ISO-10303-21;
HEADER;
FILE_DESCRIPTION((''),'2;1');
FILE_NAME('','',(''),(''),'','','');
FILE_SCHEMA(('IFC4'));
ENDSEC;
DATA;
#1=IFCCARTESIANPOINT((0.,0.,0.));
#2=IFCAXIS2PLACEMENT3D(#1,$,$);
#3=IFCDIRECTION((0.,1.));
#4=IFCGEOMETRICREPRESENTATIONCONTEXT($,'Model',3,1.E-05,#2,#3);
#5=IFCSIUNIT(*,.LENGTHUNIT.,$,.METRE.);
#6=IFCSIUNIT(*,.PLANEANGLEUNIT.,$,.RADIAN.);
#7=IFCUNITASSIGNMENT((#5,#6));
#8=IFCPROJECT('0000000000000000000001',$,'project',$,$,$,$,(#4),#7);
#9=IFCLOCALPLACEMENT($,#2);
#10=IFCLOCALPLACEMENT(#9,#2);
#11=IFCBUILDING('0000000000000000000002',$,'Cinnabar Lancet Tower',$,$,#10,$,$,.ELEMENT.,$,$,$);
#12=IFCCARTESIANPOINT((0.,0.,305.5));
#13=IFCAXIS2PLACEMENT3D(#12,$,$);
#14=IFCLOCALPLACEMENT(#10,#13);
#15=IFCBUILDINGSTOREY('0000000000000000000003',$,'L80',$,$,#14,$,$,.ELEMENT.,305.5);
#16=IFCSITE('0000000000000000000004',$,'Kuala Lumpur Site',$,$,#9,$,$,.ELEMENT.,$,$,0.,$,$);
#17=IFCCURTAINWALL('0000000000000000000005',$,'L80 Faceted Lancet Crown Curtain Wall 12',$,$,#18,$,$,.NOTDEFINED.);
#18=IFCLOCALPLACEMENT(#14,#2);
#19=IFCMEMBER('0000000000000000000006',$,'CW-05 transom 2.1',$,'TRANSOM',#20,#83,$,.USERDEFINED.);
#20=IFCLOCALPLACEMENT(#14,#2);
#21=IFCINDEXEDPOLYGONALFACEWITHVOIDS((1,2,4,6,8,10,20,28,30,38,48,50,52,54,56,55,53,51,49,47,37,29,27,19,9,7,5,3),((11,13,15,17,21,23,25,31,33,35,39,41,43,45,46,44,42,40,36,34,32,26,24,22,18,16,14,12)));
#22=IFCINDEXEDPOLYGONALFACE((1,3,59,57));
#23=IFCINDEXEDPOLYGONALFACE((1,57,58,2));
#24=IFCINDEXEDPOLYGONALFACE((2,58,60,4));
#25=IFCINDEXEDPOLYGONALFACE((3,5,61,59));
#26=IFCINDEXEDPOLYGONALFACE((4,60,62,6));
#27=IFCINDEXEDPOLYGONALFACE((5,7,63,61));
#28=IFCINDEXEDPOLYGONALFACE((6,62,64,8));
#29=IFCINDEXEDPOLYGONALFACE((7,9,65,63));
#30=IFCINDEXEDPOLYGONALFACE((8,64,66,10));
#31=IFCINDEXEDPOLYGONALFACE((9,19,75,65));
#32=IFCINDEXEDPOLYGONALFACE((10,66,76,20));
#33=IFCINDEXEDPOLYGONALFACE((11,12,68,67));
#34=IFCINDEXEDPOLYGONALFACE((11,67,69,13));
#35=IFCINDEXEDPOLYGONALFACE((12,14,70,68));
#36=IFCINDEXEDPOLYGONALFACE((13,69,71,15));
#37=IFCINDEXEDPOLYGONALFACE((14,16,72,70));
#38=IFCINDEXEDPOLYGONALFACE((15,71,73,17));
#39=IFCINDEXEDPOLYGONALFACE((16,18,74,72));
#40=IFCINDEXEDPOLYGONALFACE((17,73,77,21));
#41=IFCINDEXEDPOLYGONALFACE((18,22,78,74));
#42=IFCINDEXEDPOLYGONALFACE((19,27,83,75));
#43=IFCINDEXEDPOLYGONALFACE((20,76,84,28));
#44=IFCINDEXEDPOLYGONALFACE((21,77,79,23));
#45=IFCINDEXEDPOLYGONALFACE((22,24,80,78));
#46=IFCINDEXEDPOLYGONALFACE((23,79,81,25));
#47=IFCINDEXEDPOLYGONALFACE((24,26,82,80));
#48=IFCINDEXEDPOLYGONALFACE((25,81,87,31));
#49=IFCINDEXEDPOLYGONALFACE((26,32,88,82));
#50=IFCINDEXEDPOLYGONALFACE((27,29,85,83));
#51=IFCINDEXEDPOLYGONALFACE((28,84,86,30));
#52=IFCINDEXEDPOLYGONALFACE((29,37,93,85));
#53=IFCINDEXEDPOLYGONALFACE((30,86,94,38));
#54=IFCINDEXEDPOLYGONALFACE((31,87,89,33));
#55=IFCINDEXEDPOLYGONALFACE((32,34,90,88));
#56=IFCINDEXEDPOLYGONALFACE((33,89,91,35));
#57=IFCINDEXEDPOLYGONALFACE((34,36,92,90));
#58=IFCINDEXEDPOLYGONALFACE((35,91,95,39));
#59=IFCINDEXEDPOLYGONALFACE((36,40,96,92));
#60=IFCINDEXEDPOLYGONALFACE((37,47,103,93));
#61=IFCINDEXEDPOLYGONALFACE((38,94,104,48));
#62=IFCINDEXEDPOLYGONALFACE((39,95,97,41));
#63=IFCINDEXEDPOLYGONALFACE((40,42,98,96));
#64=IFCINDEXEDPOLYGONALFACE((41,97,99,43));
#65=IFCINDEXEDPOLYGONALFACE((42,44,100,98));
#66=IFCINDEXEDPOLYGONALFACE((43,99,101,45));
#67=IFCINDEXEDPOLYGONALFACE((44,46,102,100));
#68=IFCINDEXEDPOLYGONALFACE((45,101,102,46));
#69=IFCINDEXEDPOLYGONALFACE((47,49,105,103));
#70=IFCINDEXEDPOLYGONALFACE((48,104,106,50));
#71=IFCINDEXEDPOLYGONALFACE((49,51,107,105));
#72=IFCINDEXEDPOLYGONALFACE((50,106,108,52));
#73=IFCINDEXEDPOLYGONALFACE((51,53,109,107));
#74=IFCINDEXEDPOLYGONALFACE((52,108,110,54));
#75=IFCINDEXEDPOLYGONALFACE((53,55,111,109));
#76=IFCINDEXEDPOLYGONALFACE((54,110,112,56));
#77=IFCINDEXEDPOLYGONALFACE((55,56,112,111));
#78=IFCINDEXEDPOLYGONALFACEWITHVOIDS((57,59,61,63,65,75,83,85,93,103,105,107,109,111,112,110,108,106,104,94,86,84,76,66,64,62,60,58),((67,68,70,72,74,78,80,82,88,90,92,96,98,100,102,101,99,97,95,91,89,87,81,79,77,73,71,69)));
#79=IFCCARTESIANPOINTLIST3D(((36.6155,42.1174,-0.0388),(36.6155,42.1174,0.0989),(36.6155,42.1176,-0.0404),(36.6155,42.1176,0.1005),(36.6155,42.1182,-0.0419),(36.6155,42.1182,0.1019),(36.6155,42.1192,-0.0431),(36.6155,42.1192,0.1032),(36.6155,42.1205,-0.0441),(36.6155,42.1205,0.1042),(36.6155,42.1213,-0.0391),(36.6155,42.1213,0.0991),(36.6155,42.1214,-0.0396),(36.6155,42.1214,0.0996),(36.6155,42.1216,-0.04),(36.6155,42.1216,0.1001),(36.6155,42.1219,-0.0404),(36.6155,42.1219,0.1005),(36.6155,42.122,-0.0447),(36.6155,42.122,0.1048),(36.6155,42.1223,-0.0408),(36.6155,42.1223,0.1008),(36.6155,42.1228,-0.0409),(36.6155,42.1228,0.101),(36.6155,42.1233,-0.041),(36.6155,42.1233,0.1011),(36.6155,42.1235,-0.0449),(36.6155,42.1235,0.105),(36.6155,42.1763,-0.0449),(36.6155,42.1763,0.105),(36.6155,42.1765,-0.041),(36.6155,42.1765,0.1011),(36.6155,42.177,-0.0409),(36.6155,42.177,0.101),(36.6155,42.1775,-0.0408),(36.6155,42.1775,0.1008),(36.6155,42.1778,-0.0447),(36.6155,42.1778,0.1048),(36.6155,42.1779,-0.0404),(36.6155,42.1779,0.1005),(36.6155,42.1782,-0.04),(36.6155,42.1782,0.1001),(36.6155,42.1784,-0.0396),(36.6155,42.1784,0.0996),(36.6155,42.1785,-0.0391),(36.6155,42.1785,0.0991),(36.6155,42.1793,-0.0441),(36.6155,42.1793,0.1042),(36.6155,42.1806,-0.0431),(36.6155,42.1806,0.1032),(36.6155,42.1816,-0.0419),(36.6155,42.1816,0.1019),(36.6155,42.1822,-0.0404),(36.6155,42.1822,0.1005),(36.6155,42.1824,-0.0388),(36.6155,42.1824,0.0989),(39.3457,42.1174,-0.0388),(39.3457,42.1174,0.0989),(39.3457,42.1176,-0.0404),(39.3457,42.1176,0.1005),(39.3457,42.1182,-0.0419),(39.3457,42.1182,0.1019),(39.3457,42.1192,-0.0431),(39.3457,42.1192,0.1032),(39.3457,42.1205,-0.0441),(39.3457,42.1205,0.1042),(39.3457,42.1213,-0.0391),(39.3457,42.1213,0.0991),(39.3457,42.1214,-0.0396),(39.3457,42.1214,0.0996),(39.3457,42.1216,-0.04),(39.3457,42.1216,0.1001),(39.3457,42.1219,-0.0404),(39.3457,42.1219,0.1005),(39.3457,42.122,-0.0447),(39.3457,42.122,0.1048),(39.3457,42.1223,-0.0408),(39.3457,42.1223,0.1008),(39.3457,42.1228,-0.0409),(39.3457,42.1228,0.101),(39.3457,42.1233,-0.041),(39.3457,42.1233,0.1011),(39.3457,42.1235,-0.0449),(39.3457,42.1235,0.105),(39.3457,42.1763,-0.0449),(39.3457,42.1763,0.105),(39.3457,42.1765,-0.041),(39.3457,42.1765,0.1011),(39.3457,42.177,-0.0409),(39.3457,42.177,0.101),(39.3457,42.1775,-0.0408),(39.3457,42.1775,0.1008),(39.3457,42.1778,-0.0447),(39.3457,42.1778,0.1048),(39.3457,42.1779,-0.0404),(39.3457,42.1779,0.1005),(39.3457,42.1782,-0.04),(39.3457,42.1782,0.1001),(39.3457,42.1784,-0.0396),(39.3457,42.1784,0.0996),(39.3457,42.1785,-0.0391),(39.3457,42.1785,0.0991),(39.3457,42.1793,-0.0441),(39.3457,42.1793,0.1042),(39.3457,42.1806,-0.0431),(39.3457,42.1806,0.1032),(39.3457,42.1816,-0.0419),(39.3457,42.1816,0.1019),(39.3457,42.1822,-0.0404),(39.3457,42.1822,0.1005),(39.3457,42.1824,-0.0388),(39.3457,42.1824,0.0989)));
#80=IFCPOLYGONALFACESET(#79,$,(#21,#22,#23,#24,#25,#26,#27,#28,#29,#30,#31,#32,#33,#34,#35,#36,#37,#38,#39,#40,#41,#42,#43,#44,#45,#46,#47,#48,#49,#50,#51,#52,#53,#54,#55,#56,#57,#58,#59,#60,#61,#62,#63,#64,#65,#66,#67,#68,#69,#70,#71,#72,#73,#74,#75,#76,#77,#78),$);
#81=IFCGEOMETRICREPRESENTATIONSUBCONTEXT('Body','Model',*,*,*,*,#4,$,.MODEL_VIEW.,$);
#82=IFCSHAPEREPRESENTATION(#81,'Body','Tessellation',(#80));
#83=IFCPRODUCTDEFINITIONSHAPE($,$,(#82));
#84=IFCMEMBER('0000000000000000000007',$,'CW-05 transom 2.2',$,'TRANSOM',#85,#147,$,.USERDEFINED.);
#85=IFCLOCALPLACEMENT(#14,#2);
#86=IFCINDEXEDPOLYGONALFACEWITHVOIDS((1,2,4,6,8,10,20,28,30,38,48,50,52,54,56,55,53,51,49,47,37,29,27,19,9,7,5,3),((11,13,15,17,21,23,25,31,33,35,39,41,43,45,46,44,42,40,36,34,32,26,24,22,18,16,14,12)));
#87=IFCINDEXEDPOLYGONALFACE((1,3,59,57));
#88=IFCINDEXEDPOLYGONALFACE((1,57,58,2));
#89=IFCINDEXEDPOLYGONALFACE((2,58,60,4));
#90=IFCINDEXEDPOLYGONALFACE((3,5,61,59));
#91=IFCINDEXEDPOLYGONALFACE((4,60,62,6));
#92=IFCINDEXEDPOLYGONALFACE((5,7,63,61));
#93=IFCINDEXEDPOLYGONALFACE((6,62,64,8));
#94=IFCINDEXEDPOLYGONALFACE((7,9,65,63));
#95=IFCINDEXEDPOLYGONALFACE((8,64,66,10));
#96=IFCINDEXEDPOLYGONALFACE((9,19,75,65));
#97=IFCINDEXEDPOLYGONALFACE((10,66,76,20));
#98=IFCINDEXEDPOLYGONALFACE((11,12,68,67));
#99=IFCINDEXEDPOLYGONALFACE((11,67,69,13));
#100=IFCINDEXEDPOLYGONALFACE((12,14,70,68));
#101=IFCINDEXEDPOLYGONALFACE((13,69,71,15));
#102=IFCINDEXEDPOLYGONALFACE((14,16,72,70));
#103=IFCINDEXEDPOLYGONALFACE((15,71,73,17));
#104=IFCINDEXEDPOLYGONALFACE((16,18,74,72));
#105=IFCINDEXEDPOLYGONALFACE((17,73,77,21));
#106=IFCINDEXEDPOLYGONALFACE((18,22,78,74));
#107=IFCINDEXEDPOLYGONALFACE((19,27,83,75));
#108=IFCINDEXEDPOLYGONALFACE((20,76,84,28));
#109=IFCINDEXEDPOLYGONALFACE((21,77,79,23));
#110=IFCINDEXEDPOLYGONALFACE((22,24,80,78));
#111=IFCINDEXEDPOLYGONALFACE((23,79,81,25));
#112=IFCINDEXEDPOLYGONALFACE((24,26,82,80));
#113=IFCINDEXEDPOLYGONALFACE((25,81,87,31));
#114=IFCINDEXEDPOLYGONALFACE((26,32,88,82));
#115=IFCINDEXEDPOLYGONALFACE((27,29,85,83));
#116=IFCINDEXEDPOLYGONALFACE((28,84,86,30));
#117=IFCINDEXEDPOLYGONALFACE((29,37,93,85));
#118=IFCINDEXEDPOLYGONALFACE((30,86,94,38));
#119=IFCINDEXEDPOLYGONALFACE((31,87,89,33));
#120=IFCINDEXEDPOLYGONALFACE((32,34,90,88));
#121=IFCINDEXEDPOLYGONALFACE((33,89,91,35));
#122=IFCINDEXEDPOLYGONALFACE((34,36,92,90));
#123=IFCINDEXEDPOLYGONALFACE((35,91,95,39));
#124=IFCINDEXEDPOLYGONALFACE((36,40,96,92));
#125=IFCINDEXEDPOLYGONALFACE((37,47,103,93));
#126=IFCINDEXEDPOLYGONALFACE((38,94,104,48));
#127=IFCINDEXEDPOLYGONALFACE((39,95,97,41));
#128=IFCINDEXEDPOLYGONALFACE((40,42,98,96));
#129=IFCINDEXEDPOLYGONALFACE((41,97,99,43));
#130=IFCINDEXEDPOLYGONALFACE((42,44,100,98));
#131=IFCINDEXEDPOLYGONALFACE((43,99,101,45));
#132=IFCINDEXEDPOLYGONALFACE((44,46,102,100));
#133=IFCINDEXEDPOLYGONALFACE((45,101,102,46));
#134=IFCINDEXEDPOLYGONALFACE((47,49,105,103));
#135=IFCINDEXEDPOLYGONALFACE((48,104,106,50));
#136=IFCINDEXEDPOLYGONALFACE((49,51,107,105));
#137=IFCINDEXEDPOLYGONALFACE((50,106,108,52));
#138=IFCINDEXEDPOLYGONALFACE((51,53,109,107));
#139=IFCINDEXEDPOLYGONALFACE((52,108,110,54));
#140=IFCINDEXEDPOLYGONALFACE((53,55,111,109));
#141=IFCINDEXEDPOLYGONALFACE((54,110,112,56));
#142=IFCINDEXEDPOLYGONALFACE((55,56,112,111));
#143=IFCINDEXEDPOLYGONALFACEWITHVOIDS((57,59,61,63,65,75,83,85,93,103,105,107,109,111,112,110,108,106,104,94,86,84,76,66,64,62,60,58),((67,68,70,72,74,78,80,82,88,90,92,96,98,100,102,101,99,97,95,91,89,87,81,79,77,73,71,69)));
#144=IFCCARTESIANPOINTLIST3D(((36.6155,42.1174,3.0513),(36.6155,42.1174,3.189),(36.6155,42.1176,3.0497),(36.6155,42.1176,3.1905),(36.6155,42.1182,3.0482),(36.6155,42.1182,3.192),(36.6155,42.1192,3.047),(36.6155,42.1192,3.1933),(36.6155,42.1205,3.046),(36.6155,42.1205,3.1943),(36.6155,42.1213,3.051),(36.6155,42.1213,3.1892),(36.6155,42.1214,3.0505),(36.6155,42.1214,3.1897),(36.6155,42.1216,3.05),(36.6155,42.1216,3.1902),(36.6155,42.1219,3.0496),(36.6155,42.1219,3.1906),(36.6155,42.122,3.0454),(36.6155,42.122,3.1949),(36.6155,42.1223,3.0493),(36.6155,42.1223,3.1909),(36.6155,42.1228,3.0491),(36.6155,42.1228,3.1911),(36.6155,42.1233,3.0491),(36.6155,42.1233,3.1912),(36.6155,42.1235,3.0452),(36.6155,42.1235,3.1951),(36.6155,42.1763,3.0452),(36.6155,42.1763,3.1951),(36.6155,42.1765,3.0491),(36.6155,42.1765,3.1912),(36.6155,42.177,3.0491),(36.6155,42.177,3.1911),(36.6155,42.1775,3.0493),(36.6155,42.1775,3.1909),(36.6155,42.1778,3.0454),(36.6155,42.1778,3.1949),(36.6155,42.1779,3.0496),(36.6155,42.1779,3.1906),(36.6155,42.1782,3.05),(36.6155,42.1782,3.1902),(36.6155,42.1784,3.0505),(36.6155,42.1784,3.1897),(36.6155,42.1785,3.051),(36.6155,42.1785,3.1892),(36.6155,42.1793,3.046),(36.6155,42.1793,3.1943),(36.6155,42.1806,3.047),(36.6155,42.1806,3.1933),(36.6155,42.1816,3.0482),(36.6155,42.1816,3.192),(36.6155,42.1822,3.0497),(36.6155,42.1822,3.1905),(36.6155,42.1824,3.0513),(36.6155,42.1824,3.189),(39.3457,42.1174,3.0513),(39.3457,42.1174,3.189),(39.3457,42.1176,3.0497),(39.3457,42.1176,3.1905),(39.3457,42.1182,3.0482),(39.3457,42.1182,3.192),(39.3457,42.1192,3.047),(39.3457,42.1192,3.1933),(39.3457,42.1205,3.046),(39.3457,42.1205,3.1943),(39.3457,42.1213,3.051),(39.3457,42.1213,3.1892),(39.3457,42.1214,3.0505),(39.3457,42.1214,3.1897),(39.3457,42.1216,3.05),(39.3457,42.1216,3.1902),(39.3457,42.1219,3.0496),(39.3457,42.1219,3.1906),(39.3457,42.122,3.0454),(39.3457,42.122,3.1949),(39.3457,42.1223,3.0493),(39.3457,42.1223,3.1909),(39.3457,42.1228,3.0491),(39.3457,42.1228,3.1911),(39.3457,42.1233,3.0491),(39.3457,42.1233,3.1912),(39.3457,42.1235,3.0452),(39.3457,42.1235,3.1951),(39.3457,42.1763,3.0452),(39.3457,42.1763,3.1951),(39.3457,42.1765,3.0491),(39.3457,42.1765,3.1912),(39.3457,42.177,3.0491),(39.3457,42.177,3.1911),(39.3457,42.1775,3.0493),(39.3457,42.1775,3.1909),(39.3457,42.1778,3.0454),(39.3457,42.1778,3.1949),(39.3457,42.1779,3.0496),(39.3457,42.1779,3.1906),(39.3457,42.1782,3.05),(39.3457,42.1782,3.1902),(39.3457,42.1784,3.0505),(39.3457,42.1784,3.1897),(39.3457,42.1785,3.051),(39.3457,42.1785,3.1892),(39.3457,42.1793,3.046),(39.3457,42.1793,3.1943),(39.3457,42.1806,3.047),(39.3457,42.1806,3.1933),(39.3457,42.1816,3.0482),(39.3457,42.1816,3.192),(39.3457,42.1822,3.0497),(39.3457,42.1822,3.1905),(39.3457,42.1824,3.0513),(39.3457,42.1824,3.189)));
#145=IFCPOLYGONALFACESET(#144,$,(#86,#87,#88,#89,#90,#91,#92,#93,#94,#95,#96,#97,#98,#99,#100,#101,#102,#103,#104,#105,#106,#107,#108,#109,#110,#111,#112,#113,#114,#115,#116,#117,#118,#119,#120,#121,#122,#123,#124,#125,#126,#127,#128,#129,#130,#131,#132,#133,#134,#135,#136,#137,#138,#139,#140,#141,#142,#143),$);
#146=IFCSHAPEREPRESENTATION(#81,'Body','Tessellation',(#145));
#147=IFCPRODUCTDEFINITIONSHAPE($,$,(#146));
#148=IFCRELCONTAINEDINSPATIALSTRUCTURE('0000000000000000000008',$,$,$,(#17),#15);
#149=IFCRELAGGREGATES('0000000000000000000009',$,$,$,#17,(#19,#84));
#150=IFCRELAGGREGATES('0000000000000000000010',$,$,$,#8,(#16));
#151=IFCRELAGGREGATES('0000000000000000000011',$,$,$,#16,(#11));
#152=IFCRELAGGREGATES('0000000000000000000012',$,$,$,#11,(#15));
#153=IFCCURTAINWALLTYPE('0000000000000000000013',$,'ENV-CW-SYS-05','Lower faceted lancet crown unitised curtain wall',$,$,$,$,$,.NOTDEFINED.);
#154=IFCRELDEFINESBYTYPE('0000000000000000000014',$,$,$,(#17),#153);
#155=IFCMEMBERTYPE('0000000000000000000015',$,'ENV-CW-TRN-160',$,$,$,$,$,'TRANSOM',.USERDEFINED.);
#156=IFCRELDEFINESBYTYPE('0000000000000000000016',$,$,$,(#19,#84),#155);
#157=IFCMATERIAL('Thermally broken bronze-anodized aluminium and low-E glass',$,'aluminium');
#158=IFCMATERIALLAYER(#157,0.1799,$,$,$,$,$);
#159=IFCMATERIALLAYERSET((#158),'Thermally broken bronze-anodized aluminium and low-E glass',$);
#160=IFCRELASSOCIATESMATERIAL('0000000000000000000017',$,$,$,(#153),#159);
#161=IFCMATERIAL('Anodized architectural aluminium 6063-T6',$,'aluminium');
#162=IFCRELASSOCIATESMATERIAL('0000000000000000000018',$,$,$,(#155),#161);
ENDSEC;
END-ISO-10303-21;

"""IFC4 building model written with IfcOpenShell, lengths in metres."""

from ifc_helpers import new_model, si_unit, direction, frame, origin, origin_2d, place, context, subcontext, project, spatial, hollow_rectangle, extrude, material, layer, layer_set, material_profile, profile_set, type_object, element, aggregate, save


model = new_model("IFC4")

# Units and contexts
model_context = context("Model", 3, precision=1e-05, world=origin(), true_north=direction((0.0, 1.0)))
body_context = subcontext(model_context, "Body", "Model", "MODEL_VIEW")
ifc_project = project(units=[si_unit("LENGTHUNIT", "METRE"), si_unit("PLANEANGLEUNIT", "RADIAN")], contexts=[model_context])

# Site, building, storey
site_placement = place(None, origin())
site = spatial("IfcSite", under=ifc_project, at=site_placement, Name="Kuala Lumpur Site", CompositionType="ELEMENT", RefElevation=0.0)
building_placement = place(site_placement, origin())
building = spatial("IfcBuilding", under=site, at=building_placement, Name="Cinnabar Lancet Tower", CompositionType="ELEMENT")
storey_placement = place(building_placement, frame((0.0, 0.0, 305.5)))
storey = spatial("IfcBuildingStorey", under=building, at=storey_placement, Name="L80", CompositionType="ELEMENT", Elevation=305.5)

# Curtain wall, members
ifc_material_1 = material(Name="Thermally broken bronze-anodized aluminium and low-E glass", Category="aluminium")
ifc_layer_1 = layer(ifc_material_1, 0.1799)
ifc_layer_set_1 = layer_set([ifc_layer_1], Name="Thermally broken bronze-anodized aluminium and low-E glass")
curtain_wall_type = type_object("IfcCurtainWallType", Name="ENV-CW-SYS-05", Description="Lower faceted lancet crown unitised curtain wall", PredefinedType="NOTDEFINED", material=ifc_layer_set_1)
curtain_wall_placement = place(storey_placement, origin())
curtain_wall = element("IfcCurtainWall", 1, at=curtain_wall_placement, inside=storey, type_object=curtain_wall_type, Name="L80 Faceted Lancet Crown Curtain Wall 12", PredefinedType="NOTDEFINED")
ifc_material_2 = material(Name="Anodized architectural aluminium 6063-T6", Category="aluminium")
ifc_material_profile_1 = material_profile(ifc_material_2, hollow_rectangle(XDim=0.0649, YDim=0.1499, WallThickness=0.0039, InnerFilletRadius=0.002, OuterFilletRadius=0.0061, at=origin_2d()), Name="CW-TRN 150x65x4")
ifc_profile_set_1 = profile_set([ifc_material_profile_1], Name="Anodized architectural aluminium 6063-T6")
member_type_1 = type_object("IfcMemberType", Name="ENV-CW-TRN-160", ElementType="TRANSOM", PredefinedType="USERDEFINED", material=ifc_profile_set_1)
member_1_placement = place(storey_placement, frame((39.3457, 42.1499, 0.03), z_axis=(-1.0, 0.0, 0.0), x_axis=(0.0, -1.0, 0.0)))
member_1 = element("IfcMember", 2, at=member_1_placement, type_object=member_type_1, Name="CW-05 transom 2.1", ObjectType="TRANSOM", PredefinedType="USERDEFINED", context=body_context, shape_type="SweptSolid", body=[
    extrude(hollow_rectangle(XDim=0.0649, YDim=0.1499, WallThickness=0.0039, InnerFilletRadius=0.002, OuterFilletRadius=0.0061, at=origin_2d()), origin(), (0.0, 0.0, 1.0), 2.7302),
])
member_2_placement = place(storey_placement, frame((39.3457, 42.1499, 3.1201), z_axis=(-1.0, 0.0, 0.0), x_axis=(0.0, -1.0, 0.0)))
member_2 = element("IfcMember", 3, at=member_2_placement, type_object=member_type_1, Name="CW-05 transom 2.2", ObjectType="TRANSOM", PredefinedType="USERDEFINED", context=body_context, shape_type="SweptSolid", body=[
    extrude(hollow_rectangle(XDim=0.0649, YDim=0.1499, WallThickness=0.0039, InnerFilletRadius=0.002, OuterFilletRadius=0.0061, at=origin_2d()), origin(), (0.0, 0.0, 1.0), 2.7302),
])
aggregate(curtain_wall, [member_1, member_2])

save(model, "model.ifc")
